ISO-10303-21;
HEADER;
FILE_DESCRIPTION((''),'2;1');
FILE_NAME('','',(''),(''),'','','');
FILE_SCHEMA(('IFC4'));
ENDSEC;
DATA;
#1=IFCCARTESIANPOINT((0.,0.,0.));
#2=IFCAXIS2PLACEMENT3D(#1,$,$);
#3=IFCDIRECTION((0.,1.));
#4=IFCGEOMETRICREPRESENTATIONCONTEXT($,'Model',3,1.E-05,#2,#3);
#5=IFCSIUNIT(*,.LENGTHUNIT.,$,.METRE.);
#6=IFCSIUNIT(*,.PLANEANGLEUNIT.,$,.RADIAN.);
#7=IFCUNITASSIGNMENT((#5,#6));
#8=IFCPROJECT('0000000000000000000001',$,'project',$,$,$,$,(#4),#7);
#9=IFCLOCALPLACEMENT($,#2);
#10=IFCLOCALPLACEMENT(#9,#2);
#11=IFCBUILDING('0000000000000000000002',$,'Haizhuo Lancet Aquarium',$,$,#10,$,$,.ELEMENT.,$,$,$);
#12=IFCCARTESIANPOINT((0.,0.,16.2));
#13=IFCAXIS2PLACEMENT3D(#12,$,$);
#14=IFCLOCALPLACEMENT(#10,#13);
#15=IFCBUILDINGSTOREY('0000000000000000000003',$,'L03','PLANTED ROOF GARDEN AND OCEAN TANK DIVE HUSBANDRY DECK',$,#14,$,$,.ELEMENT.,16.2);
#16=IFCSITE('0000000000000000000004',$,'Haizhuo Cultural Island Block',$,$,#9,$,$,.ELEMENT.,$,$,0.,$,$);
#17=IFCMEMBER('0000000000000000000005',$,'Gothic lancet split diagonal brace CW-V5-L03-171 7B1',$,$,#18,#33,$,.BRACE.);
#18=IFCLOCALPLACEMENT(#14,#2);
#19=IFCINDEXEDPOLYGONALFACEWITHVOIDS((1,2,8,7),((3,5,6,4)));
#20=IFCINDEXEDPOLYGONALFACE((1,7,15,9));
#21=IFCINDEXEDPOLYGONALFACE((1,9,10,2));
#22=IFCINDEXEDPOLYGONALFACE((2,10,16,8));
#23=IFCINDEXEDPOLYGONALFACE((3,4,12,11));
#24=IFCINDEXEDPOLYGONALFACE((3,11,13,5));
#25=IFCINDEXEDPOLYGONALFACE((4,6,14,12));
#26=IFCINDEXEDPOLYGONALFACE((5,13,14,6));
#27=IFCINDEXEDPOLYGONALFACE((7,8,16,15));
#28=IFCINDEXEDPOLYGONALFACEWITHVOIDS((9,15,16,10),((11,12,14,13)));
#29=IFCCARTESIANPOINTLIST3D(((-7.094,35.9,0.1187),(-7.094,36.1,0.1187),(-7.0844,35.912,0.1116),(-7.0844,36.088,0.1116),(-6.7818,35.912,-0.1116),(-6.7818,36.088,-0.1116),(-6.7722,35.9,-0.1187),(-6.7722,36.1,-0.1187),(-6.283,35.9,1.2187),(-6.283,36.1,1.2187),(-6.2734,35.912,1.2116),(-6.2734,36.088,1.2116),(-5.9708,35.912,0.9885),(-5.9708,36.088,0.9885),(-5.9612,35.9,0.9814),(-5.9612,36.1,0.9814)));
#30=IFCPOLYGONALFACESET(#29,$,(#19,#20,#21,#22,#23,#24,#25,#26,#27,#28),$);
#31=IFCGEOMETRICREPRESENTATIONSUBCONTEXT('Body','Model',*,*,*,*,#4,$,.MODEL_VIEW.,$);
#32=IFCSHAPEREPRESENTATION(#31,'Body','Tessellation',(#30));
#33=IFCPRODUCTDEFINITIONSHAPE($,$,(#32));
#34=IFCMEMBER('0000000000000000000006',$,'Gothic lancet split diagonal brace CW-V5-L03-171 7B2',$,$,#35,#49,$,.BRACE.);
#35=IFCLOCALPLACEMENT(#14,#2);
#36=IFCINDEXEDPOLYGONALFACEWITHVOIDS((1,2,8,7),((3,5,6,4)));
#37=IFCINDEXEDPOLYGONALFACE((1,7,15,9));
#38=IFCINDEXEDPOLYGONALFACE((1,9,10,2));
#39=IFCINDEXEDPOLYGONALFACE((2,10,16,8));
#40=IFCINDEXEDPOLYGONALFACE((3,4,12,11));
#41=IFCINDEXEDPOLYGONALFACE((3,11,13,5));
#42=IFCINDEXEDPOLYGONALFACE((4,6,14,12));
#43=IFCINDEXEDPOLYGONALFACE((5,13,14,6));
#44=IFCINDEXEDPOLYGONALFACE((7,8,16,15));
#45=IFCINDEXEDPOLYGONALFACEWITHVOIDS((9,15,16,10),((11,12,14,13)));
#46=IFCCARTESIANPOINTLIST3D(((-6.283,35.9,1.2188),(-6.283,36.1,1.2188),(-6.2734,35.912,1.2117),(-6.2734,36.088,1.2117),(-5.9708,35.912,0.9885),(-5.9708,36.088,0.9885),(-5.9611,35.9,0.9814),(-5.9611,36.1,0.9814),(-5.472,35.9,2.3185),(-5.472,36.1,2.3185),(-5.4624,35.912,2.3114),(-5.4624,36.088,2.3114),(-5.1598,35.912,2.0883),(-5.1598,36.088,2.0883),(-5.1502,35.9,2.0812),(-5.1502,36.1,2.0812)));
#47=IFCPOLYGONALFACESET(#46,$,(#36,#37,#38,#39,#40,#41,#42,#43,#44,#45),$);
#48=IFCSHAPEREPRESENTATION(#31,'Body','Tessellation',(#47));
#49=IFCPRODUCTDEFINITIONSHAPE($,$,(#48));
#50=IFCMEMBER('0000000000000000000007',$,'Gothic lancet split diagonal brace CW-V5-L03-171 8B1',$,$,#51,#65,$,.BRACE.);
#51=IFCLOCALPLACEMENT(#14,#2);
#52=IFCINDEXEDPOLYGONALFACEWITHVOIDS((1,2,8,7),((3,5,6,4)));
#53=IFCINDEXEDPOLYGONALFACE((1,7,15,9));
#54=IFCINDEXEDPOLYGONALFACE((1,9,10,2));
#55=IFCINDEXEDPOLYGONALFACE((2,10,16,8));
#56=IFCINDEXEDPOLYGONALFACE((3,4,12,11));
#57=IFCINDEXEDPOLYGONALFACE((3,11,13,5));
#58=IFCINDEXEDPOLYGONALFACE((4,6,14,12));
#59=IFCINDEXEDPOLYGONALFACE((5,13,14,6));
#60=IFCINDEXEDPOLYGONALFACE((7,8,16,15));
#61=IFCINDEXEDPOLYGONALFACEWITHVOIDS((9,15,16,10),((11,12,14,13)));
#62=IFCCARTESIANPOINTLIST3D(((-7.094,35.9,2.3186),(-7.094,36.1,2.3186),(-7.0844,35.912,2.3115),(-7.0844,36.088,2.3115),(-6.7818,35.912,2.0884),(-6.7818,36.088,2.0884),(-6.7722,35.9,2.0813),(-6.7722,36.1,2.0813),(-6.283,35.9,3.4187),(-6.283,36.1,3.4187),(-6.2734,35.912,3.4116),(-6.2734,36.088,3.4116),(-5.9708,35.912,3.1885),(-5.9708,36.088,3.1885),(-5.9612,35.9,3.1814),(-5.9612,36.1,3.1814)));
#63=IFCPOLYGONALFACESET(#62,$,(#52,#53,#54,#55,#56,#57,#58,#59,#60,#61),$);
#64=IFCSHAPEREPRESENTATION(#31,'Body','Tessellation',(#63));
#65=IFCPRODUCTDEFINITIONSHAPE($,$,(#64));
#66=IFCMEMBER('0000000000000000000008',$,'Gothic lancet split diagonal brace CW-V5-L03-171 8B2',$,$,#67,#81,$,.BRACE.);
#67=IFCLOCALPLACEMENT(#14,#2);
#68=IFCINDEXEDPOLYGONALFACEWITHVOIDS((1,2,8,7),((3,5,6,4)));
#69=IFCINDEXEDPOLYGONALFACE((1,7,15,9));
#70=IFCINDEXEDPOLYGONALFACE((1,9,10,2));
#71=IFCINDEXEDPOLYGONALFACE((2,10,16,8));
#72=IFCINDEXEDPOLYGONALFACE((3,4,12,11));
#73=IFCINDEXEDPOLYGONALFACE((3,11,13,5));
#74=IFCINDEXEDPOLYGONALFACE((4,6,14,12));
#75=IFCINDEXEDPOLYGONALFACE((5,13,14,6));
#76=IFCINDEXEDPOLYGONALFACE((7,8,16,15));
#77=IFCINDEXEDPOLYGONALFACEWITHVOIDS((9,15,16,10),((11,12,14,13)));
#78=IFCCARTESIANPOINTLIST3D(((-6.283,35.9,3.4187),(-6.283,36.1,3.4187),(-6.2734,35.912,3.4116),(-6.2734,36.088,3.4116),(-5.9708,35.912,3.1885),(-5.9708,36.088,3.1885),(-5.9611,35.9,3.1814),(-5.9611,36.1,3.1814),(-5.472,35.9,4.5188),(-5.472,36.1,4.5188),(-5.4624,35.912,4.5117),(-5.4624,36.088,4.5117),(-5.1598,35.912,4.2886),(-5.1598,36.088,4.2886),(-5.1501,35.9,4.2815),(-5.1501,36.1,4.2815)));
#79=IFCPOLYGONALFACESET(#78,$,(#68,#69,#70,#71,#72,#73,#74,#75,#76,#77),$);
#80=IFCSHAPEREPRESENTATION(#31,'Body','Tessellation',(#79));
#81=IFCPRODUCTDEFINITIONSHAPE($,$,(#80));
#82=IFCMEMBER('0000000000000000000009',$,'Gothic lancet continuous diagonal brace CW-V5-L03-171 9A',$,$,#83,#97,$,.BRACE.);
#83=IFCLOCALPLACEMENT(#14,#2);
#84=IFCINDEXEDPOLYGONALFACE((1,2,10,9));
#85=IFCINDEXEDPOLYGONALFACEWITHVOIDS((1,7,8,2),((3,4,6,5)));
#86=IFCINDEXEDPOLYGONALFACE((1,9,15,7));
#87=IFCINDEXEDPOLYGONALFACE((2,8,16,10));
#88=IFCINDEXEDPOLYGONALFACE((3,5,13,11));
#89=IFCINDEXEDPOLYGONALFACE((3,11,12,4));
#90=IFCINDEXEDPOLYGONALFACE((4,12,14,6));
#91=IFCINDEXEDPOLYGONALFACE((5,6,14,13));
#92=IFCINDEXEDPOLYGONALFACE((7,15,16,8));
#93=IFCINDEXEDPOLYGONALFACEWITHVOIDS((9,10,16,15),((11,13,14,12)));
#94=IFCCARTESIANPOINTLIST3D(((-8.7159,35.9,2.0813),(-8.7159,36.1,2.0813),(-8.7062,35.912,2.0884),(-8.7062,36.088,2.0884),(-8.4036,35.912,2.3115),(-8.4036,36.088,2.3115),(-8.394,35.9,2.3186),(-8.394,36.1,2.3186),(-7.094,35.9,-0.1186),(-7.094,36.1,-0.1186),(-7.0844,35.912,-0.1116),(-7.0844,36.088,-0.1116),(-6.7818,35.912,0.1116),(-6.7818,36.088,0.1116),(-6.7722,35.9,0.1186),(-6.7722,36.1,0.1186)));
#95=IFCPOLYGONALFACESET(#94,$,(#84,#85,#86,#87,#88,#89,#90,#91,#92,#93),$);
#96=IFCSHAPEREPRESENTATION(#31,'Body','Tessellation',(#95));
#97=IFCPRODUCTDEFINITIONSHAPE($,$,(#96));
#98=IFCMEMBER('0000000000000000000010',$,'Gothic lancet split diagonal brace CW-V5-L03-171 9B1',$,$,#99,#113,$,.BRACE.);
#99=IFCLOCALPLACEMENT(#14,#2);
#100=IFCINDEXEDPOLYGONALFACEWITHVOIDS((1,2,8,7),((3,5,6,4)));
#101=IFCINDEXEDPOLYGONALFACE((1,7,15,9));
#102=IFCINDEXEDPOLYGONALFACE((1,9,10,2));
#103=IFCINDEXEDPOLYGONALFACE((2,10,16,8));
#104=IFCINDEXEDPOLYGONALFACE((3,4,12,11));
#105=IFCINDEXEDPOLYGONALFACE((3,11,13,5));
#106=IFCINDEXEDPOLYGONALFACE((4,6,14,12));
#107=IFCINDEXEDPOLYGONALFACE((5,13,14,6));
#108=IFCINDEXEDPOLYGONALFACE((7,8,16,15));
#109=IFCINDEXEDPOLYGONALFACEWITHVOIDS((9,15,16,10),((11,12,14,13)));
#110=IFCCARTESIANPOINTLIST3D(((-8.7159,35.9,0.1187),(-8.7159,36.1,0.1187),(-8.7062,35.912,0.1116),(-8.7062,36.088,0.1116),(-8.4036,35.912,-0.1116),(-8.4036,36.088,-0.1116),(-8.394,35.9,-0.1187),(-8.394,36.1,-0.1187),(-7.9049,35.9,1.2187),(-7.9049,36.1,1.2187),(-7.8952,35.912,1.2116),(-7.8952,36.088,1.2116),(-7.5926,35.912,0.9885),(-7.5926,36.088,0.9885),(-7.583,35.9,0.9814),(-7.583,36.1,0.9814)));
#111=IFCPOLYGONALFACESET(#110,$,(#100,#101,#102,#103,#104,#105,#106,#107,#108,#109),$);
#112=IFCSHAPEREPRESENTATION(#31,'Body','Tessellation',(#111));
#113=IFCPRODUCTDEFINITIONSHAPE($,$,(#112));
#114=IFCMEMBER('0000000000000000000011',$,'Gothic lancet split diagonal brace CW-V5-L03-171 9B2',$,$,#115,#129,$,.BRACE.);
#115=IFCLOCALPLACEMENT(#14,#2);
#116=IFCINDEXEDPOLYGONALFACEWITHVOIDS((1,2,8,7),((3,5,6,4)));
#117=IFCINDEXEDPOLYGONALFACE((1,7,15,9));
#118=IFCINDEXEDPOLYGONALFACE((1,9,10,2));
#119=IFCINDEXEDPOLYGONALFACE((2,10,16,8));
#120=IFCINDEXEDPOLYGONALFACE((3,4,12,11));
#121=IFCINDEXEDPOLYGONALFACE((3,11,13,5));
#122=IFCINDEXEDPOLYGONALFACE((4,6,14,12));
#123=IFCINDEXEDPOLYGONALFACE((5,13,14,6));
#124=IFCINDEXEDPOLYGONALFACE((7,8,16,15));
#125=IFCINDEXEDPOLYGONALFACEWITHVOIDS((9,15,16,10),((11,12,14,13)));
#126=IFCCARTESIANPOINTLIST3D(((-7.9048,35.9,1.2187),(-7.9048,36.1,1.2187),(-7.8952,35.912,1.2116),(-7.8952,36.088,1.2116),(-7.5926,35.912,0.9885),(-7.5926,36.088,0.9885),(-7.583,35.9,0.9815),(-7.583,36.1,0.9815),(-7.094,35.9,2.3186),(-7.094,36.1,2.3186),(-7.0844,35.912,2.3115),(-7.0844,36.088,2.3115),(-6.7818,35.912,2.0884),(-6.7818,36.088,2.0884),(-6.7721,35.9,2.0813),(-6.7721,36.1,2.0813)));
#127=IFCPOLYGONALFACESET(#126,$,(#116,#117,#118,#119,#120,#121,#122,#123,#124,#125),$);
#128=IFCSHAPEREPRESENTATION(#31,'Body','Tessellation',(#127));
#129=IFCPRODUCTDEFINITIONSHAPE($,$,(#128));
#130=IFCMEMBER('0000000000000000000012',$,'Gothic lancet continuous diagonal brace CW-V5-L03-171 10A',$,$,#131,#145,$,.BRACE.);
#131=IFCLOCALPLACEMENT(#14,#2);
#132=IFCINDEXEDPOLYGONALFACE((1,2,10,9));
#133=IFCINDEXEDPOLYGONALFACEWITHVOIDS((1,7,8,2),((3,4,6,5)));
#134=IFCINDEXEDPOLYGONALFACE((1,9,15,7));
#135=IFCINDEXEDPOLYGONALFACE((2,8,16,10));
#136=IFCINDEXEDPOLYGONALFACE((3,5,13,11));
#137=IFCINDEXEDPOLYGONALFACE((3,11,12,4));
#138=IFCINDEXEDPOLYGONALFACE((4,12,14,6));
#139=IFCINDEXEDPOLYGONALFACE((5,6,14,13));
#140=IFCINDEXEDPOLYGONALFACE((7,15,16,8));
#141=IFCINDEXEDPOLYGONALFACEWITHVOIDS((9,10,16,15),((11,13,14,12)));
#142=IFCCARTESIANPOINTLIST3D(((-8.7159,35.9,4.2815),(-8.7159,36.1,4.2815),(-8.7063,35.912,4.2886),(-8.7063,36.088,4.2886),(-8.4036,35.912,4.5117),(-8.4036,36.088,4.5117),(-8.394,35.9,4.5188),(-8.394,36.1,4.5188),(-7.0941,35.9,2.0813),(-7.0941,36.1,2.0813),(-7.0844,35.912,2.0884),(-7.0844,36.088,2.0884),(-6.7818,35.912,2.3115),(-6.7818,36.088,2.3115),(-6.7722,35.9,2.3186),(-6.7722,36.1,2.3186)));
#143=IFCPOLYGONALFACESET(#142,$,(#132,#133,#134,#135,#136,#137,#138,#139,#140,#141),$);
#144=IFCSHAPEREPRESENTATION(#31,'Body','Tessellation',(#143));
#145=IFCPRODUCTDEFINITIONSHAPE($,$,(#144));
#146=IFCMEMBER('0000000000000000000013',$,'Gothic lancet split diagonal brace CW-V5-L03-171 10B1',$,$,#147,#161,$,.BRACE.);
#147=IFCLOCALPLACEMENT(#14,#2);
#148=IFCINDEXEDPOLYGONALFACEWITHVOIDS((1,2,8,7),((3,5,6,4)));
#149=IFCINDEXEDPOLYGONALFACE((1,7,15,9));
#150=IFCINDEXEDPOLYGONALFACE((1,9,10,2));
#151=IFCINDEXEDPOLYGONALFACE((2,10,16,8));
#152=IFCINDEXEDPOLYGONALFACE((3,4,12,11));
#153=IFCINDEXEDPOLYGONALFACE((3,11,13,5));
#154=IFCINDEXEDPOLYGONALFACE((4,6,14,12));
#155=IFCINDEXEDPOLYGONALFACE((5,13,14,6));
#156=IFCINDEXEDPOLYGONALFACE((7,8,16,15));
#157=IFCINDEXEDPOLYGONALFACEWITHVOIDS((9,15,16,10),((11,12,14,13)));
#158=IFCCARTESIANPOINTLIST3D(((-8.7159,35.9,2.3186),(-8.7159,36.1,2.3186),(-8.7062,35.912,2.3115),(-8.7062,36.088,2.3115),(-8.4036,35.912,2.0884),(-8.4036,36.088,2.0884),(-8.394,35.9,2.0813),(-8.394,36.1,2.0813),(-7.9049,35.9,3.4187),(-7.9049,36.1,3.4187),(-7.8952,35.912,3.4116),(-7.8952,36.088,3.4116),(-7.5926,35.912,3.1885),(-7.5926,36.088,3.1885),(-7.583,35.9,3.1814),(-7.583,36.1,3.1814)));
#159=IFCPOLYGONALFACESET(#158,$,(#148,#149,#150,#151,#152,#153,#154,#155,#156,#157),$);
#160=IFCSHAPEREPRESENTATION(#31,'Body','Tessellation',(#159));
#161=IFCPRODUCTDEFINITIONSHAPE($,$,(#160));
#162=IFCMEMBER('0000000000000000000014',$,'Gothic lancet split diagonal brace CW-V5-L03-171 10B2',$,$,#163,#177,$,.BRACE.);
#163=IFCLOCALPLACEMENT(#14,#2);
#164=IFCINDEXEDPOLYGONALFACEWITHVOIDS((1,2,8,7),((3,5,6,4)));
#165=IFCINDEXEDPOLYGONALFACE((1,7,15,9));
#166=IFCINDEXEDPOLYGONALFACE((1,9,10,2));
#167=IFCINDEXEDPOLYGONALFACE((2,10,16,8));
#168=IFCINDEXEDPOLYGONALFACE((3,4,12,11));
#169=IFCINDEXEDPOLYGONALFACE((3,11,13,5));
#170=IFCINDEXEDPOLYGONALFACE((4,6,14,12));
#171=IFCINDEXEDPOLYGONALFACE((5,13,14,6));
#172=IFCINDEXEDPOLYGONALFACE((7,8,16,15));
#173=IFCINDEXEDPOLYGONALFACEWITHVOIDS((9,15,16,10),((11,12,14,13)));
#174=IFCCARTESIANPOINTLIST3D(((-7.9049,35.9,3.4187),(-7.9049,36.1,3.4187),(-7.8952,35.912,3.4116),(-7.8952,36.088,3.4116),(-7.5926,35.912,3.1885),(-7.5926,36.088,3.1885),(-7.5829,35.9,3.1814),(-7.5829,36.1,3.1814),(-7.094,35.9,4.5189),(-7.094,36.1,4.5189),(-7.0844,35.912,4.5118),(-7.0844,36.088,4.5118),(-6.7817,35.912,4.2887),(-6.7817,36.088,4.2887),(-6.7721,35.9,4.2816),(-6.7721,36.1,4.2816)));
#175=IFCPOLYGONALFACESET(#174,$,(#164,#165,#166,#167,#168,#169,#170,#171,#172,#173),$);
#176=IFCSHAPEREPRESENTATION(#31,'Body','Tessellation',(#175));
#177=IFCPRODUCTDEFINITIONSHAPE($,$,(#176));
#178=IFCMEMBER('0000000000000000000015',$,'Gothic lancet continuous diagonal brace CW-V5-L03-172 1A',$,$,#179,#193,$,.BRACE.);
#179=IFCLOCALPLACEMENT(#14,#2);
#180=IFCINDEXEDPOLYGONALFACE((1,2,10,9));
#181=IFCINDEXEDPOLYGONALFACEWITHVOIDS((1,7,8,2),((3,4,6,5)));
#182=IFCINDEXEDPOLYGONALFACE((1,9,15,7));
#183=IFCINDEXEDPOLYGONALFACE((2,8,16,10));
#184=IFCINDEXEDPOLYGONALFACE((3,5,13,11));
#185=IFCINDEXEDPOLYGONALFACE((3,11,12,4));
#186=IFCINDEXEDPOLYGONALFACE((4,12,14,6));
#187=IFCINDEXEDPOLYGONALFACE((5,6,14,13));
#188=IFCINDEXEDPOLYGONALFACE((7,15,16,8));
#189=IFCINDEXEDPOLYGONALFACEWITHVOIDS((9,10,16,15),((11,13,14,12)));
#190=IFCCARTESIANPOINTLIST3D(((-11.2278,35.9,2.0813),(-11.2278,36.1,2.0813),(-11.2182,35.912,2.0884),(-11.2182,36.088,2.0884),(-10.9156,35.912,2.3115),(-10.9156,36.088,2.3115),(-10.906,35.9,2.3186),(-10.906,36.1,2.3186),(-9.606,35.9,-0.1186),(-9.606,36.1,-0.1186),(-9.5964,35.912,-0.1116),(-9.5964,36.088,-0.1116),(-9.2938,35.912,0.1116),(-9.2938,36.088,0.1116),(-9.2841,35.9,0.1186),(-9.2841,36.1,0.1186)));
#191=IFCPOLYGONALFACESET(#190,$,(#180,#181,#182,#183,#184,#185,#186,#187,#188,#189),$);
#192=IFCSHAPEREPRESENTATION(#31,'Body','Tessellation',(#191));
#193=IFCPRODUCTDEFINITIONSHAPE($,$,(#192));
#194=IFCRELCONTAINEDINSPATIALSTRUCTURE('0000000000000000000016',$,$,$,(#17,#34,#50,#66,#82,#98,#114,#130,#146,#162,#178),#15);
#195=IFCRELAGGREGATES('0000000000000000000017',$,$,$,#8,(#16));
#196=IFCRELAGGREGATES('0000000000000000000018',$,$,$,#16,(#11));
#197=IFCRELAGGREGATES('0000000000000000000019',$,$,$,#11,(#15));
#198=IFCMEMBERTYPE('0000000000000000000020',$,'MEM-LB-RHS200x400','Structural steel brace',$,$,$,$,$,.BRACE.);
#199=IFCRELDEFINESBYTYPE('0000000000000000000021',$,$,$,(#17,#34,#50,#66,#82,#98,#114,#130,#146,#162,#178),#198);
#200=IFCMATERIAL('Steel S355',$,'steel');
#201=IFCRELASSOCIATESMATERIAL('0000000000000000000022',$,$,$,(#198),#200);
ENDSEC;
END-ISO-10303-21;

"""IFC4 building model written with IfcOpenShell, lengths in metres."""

from ifc_helpers import new_model, si_unit, direction, frame, origin, origin_2d, place, context, subcontext, project, spatial, hollow_rectangle, extrude, material, material_profile, profile_set, type_object, element, save


model = new_model("IFC4")

# Units and contexts
model_context = context("Model", 3, precision=1e-05, world=origin(), true_north=direction((0.0, 1.0)))
body_context = subcontext(model_context, "Body", "Model", "MODEL_VIEW")
ifc_project = project(units=[si_unit("LENGTHUNIT", "METRE"), si_unit("PLANEANGLEUNIT", "RADIAN")], contexts=[model_context])

# Site, building, storey
site_placement = place(None, origin())
site = spatial("IfcSite", under=ifc_project, at=site_placement, Name="Haizhuo Cultural Island Block", CompositionType="ELEMENT", RefElevation=0.0)
building_placement = place(site_placement, origin())
building = spatial("IfcBuilding", under=site, at=building_placement, Name="Haizhuo Lancet Aquarium", CompositionType="ELEMENT")
storey_placement = place(building_placement, frame((0.0, 0.0, 16.2)))
storey = spatial("IfcBuildingStorey", under=building, at=storey_placement, Name="L03", Description="PLANTED ROOF GARDEN AND OCEAN TANK DIVE HUSBANDRY DECK", CompositionType="ELEMENT", Elevation=16.2)

# Members
ifc_material_1 = material(Name="Steel S355", Category="steel")
ifc_material_profile_1 = material_profile(ifc_material_1, hollow_rectangle(XDim=0.2, YDim=0.3999, WallThickness=0.012, at=origin_2d()), Name="RHS 200x400x12")
ifc_profile_set_1 = profile_set([ifc_material_profile_1], Name="Steel S355")
member_type_1 = type_object("IfcMemberType", Name="MEM-LB-RHS200x400", Description="Structural steel brace", PredefinedType="BRACE", material=ifc_profile_set_1)
member_1_placement = place(storey_placement, frame((-6.9331, 36.0, 0.0), z_axis=(0.593406, 0.0, 0.804903), x_axis=(0.0, 1.0, 0.0)))
element("IfcMember", 1, at=member_1_placement, inside=storey, type_object=member_type_1, Name="Gothic lancet split diagonal brace CW-V5-L03-171 7B1", PredefinedType="BRACE", context=body_context, shape_type="SweptSolid", body=[
    extrude(hollow_rectangle(XDim=0.2, YDim=0.3999, WallThickness=0.012, at=origin_2d()), origin(), (0.0, 0.0, 1.0), 1.3667),
])
member_2_placement = place(storey_placement, frame((-6.1221, 36.0, 1.1001), z_axis=(0.593492, 0.0, 0.80484), x_axis=(0.0, 1.0, 0.0)))
element("IfcMember", 2, at=member_2_placement, inside=storey, type_object=member_type_1, Name="Gothic lancet split diagonal brace CW-V5-L03-171 7B2", PredefinedType="BRACE", context=body_context, shape_type="SweptSolid", body=[
    extrude(hollow_rectangle(XDim=0.2, YDim=0.3999, WallThickness=0.012, at=origin_2d()), origin(), (0.0, 0.0, 1.0), 1.3665),
])
for number, where, z_axis, x_axis, name in (
    (3, (-6.9331, 36.0, 2.2), (0.593406, 0.0, 0.804903), (0.0, 1.0, 0.0), "Gothic lancet split diagonal brace CW-V5-L03-171 8B1"),
    (4, (-6.1221, 36.0, 3.3), (0.593406, 0.0, 0.804903), (0.0, 1.0, 0.0), "Gothic lancet split diagonal brace CW-V5-L03-171 8B2"),
):
    element("IfcMember", number, at=place(storey_placement, frame(where, z_axis=z_axis, x_axis=x_axis)), inside=storey, type_object=member_type_1, Name=name, PredefinedType="BRACE", context=body_context, shape_type="SweptSolid", body=[
        extrude(hollow_rectangle(XDim=0.2, YDim=0.3999, WallThickness=0.012, at=origin_2d()), origin(), (0.0, 0.0, 1.0), 1.3667),
    ])
member_3_placement = place(storey_placement, frame((-6.9331, 36.0, 0.0), z_axis=(-0.593391, 0.0, 0.804914), x_axis=(0.0, -1.0, 0.0)))
element("IfcMember", 5, at=member_3_placement, inside=storey, type_object=member_type_1, Name="Gothic lancet continuous diagonal brace CW-V5-L03-171 9A", PredefinedType="BRACE", context=body_context, shape_type="SweptSolid", body=[
    extrude(hollow_rectangle(XDim=0.2, YDim=0.3999, WallThickness=0.012, at=origin_2d()), origin(), (0.0, 0.0, 1.0), 2.7332),
])
member_4_placement = place(storey_placement, frame((-8.5549, 36.0, 0.0), z_axis=(0.593406, 0.0, 0.804903), x_axis=(0.0, 1.0, 0.0)))
element("IfcMember", 6, at=member_4_placement, inside=storey, type_object=member_type_1, Name="Gothic lancet split diagonal brace CW-V5-L03-171 9B1", PredefinedType="BRACE", context=body_context, shape_type="SweptSolid", body=[
    extrude(hollow_rectangle(XDim=0.2, YDim=0.3999, WallThickness=0.012, at=origin_2d()), origin(), (0.0, 0.0, 1.0), 1.3667),
])
member_5_placement = place(storey_placement, frame((-7.7439, 36.0, 1.1001), z_axis=(0.593376, 0.0, 0.804926), x_axis=(0.0, 1.0, 0.0)))
element("IfcMember", 7, at=member_5_placement, inside=storey, type_object=member_type_1, Name="Gothic lancet split diagonal brace CW-V5-L03-171 9B2", PredefinedType="BRACE", context=body_context, shape_type="SweptSolid", body=[
    extrude(hollow_rectangle(XDim=0.2, YDim=0.3999, WallThickness=0.012, at=origin_2d()), origin(), (0.0, 0.0, 1.0), 1.3665),
])
member_6_placement = place(storey_placement, frame((-6.9331, 36.0, 2.2), z_axis=(-0.593348, 0.0, 0.804946), x_axis=(0.0, -1.0, 0.0)))
element("IfcMember", 8, at=member_6_placement, inside=storey, type_object=member_type_1, Name="Gothic lancet continuous diagonal brace CW-V5-L03-171 10A", PredefinedType="BRACE", context=body_context, shape_type="SweptSolid", body=[
    extrude(hollow_rectangle(XDim=0.2, YDim=0.3999, WallThickness=0.012, at=origin_2d()), origin(), (0.0, 0.0, 1.0), 2.7334),
])
for number, where, z_axis, x_axis, name in (
    (9, (-8.5549, 36.0, 2.2), (0.593406, 0.0, 0.804903), (0.0, 1.0, 0.0), "Gothic lancet split diagonal brace CW-V5-L03-171 10B1"),
    (10, (-7.7439, 36.0, 3.3), (0.59329, 0.0, 0.804988), (0.0, 1.0, 0.0), "Gothic lancet split diagonal brace CW-V5-L03-171 10B2"),
):
    element("IfcMember", number, at=place(storey_placement, frame(where, z_axis=z_axis, x_axis=x_axis)), inside=storey, type_object=member_type_1, Name=name, PredefinedType="BRACE", context=body_context, shape_type="SweptSolid", body=[
        extrude(hollow_rectangle(XDim=0.2, YDim=0.3999, WallThickness=0.012, at=origin_2d()), origin(), (0.0, 0.0, 1.0), 1.3667),
    ])
member_7_placement = place(storey_placement, frame((-9.4451, 36.0, 0.0), z_axis=(-0.593391, 0.0, 0.804914), x_axis=(0.0, -1.0, 0.0)))
element("IfcMember", 11, at=member_7_placement, inside=storey, type_object=member_type_1, Name="Gothic lancet continuous diagonal brace CW-V5-L03-172 1A", PredefinedType="BRACE", context=body_context, shape_type="SweptSolid", body=[
    extrude(hollow_rectangle(XDim=0.2, YDim=0.3999, WallThickness=0.012, at=origin_2d()), origin(), (0.0, 0.0, 1.0), 2.7332),
])

save(model, "model.ifc")
